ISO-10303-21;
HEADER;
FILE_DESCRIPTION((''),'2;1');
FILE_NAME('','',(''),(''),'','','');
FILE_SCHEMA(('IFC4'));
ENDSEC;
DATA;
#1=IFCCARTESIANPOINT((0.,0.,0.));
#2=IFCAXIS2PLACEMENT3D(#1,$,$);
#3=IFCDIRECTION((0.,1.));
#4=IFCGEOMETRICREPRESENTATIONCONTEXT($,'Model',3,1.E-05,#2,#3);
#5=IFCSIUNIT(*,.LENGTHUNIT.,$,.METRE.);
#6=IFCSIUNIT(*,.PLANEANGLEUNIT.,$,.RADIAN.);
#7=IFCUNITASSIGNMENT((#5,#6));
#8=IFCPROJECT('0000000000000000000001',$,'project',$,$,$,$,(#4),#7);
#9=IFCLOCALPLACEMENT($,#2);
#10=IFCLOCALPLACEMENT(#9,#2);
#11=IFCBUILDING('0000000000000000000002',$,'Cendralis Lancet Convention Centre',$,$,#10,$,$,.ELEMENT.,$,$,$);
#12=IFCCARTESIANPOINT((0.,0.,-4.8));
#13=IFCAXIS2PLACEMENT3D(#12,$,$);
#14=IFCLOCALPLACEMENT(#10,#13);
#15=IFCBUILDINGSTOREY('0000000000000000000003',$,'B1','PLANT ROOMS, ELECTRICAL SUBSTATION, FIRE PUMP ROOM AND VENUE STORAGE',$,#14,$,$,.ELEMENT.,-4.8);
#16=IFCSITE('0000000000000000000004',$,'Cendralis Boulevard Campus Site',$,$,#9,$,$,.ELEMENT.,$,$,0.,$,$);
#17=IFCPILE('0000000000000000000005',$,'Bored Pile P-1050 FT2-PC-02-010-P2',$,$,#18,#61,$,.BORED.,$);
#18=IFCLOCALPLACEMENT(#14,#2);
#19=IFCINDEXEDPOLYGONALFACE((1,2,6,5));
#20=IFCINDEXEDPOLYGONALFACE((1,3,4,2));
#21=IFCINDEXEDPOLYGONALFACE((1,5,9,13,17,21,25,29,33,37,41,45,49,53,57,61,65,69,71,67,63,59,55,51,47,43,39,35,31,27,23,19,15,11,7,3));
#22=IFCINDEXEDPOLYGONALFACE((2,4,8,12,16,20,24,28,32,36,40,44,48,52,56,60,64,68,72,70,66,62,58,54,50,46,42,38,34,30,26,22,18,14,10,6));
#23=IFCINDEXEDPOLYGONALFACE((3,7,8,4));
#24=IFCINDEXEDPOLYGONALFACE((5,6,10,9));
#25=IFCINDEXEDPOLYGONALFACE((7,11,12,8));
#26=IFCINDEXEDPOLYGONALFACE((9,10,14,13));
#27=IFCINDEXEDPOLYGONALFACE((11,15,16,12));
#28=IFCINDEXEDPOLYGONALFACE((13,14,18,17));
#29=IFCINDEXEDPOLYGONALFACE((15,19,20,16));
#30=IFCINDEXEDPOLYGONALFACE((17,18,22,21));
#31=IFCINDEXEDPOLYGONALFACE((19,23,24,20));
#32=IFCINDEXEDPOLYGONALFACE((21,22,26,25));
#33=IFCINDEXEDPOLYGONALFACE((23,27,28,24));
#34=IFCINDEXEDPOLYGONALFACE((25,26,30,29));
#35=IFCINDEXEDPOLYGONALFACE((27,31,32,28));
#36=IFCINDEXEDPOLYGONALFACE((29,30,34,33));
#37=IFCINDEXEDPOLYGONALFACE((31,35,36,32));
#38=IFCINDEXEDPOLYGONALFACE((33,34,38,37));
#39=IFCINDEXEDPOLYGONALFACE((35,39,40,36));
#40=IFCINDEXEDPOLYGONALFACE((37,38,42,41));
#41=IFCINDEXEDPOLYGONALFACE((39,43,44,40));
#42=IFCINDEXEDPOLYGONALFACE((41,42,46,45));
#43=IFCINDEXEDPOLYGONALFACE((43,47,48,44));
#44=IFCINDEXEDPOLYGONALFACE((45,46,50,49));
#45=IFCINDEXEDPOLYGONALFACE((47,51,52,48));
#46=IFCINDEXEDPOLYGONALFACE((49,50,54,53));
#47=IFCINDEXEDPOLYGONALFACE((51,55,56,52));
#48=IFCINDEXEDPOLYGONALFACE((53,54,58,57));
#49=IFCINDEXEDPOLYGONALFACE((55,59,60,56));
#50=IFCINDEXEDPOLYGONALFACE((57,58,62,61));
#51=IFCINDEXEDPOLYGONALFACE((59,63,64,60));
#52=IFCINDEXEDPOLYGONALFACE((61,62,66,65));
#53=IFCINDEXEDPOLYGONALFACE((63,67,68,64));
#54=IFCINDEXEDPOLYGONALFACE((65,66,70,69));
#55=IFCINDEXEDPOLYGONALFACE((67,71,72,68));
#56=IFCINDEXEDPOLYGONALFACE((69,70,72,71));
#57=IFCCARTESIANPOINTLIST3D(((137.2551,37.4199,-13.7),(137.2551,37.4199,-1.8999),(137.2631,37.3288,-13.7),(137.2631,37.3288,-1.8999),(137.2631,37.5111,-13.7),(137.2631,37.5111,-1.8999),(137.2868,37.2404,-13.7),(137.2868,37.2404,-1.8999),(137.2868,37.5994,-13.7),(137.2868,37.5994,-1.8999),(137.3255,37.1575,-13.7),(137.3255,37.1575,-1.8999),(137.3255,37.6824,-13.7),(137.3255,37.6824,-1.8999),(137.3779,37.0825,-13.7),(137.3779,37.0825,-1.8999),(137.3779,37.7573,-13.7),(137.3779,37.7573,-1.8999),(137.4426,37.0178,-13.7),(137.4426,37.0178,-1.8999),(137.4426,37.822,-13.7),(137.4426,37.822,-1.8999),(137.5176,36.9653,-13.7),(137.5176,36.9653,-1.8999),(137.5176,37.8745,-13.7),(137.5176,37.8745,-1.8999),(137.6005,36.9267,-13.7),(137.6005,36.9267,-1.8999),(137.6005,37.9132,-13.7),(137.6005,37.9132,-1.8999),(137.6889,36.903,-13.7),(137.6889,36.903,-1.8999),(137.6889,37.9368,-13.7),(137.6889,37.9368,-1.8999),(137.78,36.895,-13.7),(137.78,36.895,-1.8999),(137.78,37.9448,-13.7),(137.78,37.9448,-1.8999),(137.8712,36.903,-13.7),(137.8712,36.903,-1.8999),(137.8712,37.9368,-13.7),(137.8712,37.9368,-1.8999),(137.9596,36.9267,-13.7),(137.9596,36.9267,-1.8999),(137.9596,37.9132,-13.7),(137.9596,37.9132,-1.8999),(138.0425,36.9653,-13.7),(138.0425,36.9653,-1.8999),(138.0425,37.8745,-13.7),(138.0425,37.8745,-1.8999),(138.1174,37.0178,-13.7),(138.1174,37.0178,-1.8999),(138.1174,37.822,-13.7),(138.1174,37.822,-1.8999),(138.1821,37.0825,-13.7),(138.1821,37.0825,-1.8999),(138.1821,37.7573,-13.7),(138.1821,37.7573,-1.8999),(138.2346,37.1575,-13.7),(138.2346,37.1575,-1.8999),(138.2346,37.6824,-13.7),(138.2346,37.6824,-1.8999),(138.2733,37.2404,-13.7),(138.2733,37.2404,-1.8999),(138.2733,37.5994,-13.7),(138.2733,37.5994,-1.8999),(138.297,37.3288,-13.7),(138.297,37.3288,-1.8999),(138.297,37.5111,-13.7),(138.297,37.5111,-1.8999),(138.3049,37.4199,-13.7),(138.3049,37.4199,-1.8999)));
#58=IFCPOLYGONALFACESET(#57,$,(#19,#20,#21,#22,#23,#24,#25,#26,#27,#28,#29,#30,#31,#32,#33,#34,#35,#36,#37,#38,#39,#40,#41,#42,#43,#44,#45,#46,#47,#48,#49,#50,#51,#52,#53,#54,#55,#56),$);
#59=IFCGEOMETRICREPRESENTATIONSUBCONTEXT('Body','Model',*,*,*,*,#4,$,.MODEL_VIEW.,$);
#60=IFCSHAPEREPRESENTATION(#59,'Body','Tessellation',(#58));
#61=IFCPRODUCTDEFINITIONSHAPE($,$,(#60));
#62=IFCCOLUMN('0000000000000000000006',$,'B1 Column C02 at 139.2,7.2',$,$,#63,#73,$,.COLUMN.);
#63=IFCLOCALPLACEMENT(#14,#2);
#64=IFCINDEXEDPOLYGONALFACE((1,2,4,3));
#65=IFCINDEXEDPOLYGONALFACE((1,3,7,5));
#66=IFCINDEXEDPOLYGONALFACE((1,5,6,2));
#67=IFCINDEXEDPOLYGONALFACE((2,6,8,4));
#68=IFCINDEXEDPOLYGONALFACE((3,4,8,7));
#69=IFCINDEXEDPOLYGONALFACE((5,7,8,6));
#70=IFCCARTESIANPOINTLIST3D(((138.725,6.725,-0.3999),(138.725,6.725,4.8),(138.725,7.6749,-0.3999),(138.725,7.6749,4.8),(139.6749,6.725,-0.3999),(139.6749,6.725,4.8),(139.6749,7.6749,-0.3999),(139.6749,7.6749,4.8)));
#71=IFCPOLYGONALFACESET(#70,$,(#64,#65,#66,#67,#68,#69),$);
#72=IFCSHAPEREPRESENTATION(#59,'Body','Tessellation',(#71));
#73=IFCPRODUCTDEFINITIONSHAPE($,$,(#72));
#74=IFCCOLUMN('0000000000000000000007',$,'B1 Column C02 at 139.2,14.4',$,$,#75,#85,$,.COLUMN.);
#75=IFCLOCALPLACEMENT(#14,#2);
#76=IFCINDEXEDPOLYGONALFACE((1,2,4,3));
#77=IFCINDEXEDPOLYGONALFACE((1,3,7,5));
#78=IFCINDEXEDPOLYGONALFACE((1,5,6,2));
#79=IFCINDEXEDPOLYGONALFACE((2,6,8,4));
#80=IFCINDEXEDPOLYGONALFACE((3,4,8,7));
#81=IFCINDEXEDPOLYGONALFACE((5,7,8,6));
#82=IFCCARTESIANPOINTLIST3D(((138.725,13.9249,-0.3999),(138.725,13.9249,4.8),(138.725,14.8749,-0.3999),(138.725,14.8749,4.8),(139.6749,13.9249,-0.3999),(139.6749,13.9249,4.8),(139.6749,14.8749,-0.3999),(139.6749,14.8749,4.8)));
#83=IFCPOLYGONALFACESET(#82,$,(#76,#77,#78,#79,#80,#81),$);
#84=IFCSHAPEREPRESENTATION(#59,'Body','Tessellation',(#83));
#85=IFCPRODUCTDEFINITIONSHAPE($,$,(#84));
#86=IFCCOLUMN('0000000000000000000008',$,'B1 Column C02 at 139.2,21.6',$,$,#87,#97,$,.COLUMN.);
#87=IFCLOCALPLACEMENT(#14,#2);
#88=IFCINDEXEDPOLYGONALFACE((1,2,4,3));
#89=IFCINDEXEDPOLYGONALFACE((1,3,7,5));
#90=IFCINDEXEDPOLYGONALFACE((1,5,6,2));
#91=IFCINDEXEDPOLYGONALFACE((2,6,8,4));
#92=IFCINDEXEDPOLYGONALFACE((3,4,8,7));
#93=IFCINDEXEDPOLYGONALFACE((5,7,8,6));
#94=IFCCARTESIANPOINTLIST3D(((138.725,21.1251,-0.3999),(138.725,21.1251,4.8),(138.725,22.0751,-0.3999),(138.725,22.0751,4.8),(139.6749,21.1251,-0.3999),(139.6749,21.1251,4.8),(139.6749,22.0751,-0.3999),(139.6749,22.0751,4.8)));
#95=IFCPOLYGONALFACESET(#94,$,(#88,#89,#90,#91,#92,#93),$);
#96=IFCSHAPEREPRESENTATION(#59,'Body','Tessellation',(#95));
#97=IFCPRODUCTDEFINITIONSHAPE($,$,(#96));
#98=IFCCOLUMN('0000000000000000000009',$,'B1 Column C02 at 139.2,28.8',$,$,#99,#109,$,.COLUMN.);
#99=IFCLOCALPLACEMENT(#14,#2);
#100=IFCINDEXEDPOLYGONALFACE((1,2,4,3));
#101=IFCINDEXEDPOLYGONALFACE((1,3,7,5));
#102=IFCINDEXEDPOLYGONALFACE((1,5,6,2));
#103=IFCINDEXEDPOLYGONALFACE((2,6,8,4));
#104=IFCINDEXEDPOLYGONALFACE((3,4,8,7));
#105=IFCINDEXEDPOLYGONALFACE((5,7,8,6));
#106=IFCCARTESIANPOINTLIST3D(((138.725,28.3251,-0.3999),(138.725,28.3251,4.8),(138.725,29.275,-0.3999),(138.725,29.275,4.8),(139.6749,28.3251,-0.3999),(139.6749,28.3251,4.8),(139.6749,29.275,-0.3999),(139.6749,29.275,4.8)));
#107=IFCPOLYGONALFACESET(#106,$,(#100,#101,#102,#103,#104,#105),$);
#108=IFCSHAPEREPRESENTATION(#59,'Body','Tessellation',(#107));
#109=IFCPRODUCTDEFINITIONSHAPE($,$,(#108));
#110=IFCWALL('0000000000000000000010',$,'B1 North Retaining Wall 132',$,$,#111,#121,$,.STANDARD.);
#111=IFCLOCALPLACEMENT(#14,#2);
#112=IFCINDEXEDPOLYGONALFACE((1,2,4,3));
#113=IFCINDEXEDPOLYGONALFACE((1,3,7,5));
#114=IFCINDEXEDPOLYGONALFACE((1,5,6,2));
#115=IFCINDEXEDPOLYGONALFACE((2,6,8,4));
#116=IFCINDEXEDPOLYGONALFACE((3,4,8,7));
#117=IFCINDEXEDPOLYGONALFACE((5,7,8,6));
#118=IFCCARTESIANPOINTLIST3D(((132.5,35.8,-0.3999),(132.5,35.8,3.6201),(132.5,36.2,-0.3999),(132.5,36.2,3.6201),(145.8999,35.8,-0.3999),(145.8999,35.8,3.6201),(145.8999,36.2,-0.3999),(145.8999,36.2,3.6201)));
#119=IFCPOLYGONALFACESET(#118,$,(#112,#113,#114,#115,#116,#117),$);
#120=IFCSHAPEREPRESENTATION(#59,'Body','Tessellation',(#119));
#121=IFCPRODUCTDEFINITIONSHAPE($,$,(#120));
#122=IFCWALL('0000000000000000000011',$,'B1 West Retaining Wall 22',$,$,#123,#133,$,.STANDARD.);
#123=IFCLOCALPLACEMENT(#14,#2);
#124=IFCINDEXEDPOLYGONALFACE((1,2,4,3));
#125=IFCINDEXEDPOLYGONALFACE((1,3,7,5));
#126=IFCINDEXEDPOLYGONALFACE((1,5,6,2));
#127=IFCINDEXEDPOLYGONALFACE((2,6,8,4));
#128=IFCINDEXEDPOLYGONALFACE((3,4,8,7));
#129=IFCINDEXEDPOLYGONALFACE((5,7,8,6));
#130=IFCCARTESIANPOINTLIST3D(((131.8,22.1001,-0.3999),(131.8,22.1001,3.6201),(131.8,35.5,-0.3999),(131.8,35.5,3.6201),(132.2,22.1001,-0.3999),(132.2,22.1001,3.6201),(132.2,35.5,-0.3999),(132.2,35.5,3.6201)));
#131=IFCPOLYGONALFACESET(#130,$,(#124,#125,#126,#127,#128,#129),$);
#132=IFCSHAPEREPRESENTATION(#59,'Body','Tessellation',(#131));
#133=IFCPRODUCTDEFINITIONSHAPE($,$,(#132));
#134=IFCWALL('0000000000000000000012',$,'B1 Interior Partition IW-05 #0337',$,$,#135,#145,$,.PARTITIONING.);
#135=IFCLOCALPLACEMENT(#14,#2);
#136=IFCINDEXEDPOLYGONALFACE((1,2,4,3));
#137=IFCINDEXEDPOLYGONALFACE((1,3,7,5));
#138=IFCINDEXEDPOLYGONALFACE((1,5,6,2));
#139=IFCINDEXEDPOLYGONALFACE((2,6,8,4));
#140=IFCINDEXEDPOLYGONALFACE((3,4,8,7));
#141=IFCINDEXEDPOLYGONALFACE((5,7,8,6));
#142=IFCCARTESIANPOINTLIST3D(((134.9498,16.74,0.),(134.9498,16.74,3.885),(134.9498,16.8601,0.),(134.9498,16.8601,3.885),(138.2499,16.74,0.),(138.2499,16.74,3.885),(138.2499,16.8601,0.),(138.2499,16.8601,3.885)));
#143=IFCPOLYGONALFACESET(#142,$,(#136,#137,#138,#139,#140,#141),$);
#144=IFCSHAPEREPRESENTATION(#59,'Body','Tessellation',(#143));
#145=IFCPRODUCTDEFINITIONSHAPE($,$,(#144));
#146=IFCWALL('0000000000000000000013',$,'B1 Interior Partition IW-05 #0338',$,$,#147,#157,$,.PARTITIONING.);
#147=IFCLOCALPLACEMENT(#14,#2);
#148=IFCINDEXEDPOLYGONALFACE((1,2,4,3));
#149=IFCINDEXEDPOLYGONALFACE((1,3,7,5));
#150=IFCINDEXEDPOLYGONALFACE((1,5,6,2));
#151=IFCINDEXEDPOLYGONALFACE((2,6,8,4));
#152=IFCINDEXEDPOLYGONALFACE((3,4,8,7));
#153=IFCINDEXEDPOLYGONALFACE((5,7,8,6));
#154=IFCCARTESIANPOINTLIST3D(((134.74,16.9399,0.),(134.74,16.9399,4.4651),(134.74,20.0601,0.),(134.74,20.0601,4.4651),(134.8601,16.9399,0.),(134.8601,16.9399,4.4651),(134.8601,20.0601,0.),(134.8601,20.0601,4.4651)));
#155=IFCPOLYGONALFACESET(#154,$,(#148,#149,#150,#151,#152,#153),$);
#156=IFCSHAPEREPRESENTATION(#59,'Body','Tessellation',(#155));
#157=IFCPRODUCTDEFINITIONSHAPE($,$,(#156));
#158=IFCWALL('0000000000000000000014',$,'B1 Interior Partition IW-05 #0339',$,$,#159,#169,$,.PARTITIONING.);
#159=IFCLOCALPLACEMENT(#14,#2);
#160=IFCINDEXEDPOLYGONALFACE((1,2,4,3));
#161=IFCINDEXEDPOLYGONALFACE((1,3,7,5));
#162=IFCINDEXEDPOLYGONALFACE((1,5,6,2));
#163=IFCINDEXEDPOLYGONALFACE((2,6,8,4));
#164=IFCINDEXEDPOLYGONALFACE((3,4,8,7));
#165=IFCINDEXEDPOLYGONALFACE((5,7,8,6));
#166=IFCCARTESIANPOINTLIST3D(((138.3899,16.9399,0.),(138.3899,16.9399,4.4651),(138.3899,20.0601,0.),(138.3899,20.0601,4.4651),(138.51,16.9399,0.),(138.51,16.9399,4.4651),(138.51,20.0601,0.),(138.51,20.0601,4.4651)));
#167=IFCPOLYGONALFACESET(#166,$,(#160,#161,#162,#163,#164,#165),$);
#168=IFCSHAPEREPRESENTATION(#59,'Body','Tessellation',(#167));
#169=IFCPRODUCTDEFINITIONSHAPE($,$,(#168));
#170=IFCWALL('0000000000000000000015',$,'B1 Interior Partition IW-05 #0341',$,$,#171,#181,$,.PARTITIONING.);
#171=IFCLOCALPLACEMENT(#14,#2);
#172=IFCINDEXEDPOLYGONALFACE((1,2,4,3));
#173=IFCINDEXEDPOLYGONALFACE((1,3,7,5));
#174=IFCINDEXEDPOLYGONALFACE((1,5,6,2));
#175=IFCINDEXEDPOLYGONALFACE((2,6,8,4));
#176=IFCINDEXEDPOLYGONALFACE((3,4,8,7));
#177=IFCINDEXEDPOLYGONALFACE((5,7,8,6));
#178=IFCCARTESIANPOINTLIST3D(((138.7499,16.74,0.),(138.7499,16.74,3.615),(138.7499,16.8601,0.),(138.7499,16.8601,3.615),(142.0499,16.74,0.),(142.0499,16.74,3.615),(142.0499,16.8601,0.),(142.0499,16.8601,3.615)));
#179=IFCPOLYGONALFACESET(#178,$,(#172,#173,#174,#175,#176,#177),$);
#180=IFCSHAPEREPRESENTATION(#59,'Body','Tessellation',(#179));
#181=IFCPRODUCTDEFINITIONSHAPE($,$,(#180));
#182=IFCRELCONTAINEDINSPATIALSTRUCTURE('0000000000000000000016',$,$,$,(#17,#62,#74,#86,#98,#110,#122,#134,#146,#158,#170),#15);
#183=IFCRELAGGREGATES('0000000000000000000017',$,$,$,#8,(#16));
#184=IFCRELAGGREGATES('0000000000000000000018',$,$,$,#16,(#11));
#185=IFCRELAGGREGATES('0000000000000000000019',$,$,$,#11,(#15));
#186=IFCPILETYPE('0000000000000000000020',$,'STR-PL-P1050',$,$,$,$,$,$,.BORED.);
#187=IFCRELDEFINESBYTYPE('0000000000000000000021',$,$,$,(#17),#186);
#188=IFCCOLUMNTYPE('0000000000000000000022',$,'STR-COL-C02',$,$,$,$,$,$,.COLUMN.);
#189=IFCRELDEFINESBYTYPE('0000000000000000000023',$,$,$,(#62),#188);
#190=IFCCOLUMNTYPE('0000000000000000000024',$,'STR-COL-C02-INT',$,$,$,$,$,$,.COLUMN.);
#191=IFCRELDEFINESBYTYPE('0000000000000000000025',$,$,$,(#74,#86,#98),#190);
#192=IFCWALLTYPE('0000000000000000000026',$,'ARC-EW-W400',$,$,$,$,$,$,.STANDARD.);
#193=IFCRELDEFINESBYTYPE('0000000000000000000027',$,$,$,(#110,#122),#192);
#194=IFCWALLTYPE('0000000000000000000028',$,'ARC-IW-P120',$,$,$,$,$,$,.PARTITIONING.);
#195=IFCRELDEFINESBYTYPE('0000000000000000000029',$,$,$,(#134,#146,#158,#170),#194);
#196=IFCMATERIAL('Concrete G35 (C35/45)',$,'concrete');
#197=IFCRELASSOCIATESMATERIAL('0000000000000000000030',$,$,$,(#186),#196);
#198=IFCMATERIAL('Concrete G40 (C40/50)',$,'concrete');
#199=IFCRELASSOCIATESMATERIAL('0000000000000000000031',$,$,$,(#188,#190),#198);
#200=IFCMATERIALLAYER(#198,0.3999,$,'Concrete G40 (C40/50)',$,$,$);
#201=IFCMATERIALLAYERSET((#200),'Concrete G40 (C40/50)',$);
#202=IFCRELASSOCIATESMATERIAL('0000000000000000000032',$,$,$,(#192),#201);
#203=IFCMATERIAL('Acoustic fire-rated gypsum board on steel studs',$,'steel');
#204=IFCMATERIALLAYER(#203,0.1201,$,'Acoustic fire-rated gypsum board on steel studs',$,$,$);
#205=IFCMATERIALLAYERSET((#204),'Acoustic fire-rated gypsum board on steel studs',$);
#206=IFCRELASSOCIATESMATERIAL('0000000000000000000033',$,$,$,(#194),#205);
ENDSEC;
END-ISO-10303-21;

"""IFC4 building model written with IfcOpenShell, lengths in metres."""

from ifc_helpers import new_model, si_unit, direction, frame, frame_2d, origin, origin_2d, place, context, subcontext, project, spatial, rectangle, circle, extrude, material, layer, layer_set, material_profile, profile_set, type_object, element, save


model = new_model("IFC4")

# Units and contexts
model_context = context("Model", 3, precision=1e-05, world=origin(), true_north=direction((0.0, 1.0)))
body_context = subcontext(model_context, "Body", "Model", "MODEL_VIEW")
ifc_project = project(units=[si_unit("LENGTHUNIT", "METRE"), si_unit("PLANEANGLEUNIT", "RADIAN")], contexts=[model_context])

# Site, building, storey
site_placement = place(None, origin())
site = spatial("IfcSite", under=ifc_project, at=site_placement, Name="Cendralis Boulevard Campus Site", CompositionType="ELEMENT", RefElevation=0.0)
building_placement = place(site_placement, origin())
building = spatial("IfcBuilding", under=site, at=building_placement, Name="Cendralis Lancet Convention Centre", CompositionType="ELEMENT")
storey_placement = place(building_placement, frame((0.0, 0.0, -4.8)))
storey = spatial("IfcBuildingStorey", under=building, at=storey_placement, Name="B1", Description="PLANT ROOMS, ELECTRICAL SUBSTATION, FIRE PUMP ROOM AND VENUE STORAGE", CompositionType="ELEMENT", Elevation=-4.8)

# Shared definitions
ifc_material_1 = material(Name="Concrete G35 (C35/45)", Category="concrete")

# Pile
ifc_material_profile_1 = material_profile(ifc_material_1, circle(Radius=0.5249, at=origin_2d()), Name="BORED PILE D1050")
ifc_profile_set_1 = profile_set([ifc_material_profile_1], Name="Concrete G35 (C35/45)")
pile_type = type_object("IfcPileType", Name="STR-PL-P1050", PredefinedType="BORED", material=ifc_profile_set_1)
for number, where, z_axis, x_axis, name in (
    (1, (137.78, 37.4199, -1.8999), (0.0, 0.0, -1.0), (1.0, 0.0, 0.0), "Bored Pile P-1050 FT2-PC-02-010-P2"),
):
    element("IfcPile", number, at=place(storey_placement, frame(where, z_axis=z_axis, x_axis=x_axis)), inside=storey, type_object=pile_type, Name=name, PredefinedType="BORED", context=body_context, shape_type="SweptSolid", body=[
        extrude(circle(Radius=0.5249, at=origin_2d()), origin(), (0.0, 0.0, 1.0), 11.8),
    ])

# Columns
ifc_material_2 = material(Name="Concrete G40 (C40/50)", Category="concrete")
ifc_material_profile_2 = material_profile(ifc_material_2, rectangle(XDim=0.95, YDim=0.95, at=origin_2d()), Name="RC 950x950")
ifc_profile_set_2 = profile_set([ifc_material_profile_2], Name="Concrete G40 (C40/50)")
column_type_1 = type_object("IfcColumnType", Name="STR-COL-C02", PredefinedType="COLUMN", material=ifc_profile_set_2)
column_placement = place(storey_placement, frame((139.2, 7.2, -0.3999), z_axis=(0.0, 0.0, 1.0), x_axis=(1.0, 0.0, 0.0)))
element("IfcColumn", 2, at=column_placement, inside=storey, type_object=column_type_1, Name="B1 Column C02 at 139.2,7.2", PredefinedType="COLUMN", context=body_context, shape_type="SweptSolid", body=[
    extrude(rectangle(XDim=0.95, YDim=0.95, at=origin_2d()), origin(), (0.0, 0.0, 1.0), 5.2),
])
ifc_material_profile_3 = material_profile(ifc_material_2, rectangle(XDim=0.95, YDim=0.95, at=origin_2d()), Name="RC 950x950")
ifc_profile_set_3 = profile_set([ifc_material_profile_3], Name="Concrete G40 (C40/50)")
column_type_2 = type_object("IfcColumnType", Name="STR-COL-C02-INT", PredefinedType="COLUMN", material=ifc_profile_set_3)
for number, where, z_axis, x_axis, name in (
    (3, (139.2, 14.3999, -0.3999), (0.0, 0.0, 1.0), (1.0, 0.0, 0.0), "B1 Column C02 at 139.2,14.4"),
    (4, (139.2, 21.6001, -0.3999), (0.0, 0.0, 1.0), (1.0, 0.0, 0.0), "B1 Column C02 at 139.2,21.6"),
    (5, (139.2, 28.8, -0.3999), (0.0, 0.0, 1.0), (1.0, 0.0, 0.0), "B1 Column C02 at 139.2,28.8"),
):
    element("IfcColumn", number, at=place(storey_placement, frame(where, z_axis=z_axis, x_axis=x_axis)), inside=storey, type_object=column_type_2, Name=name, PredefinedType="COLUMN", context=body_context, shape_type="SweptSolid", body=[
        extrude(rectangle(XDim=0.95, YDim=0.95, at=origin_2d()), origin(), (0.0, 0.0, 1.0), 5.2),
    ])

# Walls
ifc_layer_1 = layer(ifc_material_2, 0.3999, Name="Concrete G40 (C40/50)")
ifc_layer_set_1 = layer_set([ifc_layer_1], Name="Concrete G40 (C40/50)")
wall_type_1 = type_object("IfcWallType", Name="ARC-EW-W400", PredefinedType="STANDARD", material=ifc_layer_set_1)
for number, where, z_axis, x_axis, name in (
    (6, (132.5, 36.0, -0.3999), (0.0, 0.0, 1.0), (1.0, 0.0, 0.0), "B1 North Retaining Wall 132"),
    (7, (132.0, 22.1001, -0.3999), (0.0, 0.0, 1.0), (0.0, 1.0, 0.0), "B1 West Retaining Wall 22"),
):
    element("IfcWall", number, at=place(storey_placement, frame(where, z_axis=z_axis, x_axis=x_axis)), inside=storey, type_object=wall_type_1, Name=name, PredefinedType="STANDARD", context=body_context, shape_type="SweptSolid", body=[
        extrude(rectangle(XDim=13.3999, YDim=0.3999, at=frame_2d((6.7, 0.0))), origin(), (0.0, 0.0, 1.0), 4.02),
    ])

# Shared definitions
ifc_material_3 = material(Name="Acoustic fire-rated gypsum board on steel studs", Category="steel")
ifc_layer_2 = layer(ifc_material_3, 0.1201, Name="Acoustic fire-rated gypsum board on steel studs")
ifc_layer_set_2 = layer_set([ifc_layer_2], Name="Acoustic fire-rated gypsum board on steel studs")
wall_type_2 = type_object("IfcWallType", Name="ARC-IW-P120", PredefinedType="PARTITIONING", material=ifc_layer_set_2)

# Walls
wall_1_placement = place(storey_placement, frame((134.95, 16.8, 0.0), z_axis=(0.0, 0.0, 1.0), x_axis=(1.0, 0.0, 0.0)))
element("IfcWall", 8, at=wall_1_placement, inside=storey, type_object=wall_type_2, Name="B1 Interior Partition IW-05 #0337", PredefinedType="PARTITIONING", context=body_context, shape_type="SweptSolid", body=[
    extrude(rectangle(XDim=3.3, YDim=0.1201, at=frame_2d((1.6499, 0.0))), origin(), (0.0, 0.0, 1.0), 3.885),
])
for number, where, z_axis, x_axis, name in (
    (9, (134.8, 16.9399, 0.0), (0.0, 0.0, 1.0), (0.0, 1.0, 0.0), "B1 Interior Partition IW-05 #0338"),
    (10, (138.45, 16.9399, 0.0), (0.0, 0.0, 1.0), (0.0, 1.0, 0.0), "B1 Interior Partition IW-05 #0339"),
):
    element("IfcWall", number, at=place(storey_placement, frame(where, z_axis=z_axis, x_axis=x_axis)), inside=storey, type_object=wall_type_2, Name=name, PredefinedType="PARTITIONING", context=body_context, shape_type="SweptSolid", body=[
        extrude(rectangle(XDim=3.1201, YDim=0.1201, at=frame_2d((1.5601, 0.0))), origin(), (0.0, 0.0, 1.0), 4.4651),
    ])

# Wall
wall_2_placement = place(storey_placement, frame((138.75, 16.8, 0.0), z_axis=(0.0, 0.0, 1.0), x_axis=(1.0, 0.0, 0.0)))
element("IfcWall", 11, at=wall_2_placement, inside=storey, type_object=wall_type_2, Name="B1 Interior Partition IW-05 #0341", PredefinedType="PARTITIONING", context=body_context, shape_type="SweptSolid", body=[
    extrude(rectangle(XDim=3.3, YDim=0.1201, at=frame_2d((1.6499, 0.0))), origin(), (0.0, 0.0, 1.0), 3.615),
])

save(model, "model.ifc")
